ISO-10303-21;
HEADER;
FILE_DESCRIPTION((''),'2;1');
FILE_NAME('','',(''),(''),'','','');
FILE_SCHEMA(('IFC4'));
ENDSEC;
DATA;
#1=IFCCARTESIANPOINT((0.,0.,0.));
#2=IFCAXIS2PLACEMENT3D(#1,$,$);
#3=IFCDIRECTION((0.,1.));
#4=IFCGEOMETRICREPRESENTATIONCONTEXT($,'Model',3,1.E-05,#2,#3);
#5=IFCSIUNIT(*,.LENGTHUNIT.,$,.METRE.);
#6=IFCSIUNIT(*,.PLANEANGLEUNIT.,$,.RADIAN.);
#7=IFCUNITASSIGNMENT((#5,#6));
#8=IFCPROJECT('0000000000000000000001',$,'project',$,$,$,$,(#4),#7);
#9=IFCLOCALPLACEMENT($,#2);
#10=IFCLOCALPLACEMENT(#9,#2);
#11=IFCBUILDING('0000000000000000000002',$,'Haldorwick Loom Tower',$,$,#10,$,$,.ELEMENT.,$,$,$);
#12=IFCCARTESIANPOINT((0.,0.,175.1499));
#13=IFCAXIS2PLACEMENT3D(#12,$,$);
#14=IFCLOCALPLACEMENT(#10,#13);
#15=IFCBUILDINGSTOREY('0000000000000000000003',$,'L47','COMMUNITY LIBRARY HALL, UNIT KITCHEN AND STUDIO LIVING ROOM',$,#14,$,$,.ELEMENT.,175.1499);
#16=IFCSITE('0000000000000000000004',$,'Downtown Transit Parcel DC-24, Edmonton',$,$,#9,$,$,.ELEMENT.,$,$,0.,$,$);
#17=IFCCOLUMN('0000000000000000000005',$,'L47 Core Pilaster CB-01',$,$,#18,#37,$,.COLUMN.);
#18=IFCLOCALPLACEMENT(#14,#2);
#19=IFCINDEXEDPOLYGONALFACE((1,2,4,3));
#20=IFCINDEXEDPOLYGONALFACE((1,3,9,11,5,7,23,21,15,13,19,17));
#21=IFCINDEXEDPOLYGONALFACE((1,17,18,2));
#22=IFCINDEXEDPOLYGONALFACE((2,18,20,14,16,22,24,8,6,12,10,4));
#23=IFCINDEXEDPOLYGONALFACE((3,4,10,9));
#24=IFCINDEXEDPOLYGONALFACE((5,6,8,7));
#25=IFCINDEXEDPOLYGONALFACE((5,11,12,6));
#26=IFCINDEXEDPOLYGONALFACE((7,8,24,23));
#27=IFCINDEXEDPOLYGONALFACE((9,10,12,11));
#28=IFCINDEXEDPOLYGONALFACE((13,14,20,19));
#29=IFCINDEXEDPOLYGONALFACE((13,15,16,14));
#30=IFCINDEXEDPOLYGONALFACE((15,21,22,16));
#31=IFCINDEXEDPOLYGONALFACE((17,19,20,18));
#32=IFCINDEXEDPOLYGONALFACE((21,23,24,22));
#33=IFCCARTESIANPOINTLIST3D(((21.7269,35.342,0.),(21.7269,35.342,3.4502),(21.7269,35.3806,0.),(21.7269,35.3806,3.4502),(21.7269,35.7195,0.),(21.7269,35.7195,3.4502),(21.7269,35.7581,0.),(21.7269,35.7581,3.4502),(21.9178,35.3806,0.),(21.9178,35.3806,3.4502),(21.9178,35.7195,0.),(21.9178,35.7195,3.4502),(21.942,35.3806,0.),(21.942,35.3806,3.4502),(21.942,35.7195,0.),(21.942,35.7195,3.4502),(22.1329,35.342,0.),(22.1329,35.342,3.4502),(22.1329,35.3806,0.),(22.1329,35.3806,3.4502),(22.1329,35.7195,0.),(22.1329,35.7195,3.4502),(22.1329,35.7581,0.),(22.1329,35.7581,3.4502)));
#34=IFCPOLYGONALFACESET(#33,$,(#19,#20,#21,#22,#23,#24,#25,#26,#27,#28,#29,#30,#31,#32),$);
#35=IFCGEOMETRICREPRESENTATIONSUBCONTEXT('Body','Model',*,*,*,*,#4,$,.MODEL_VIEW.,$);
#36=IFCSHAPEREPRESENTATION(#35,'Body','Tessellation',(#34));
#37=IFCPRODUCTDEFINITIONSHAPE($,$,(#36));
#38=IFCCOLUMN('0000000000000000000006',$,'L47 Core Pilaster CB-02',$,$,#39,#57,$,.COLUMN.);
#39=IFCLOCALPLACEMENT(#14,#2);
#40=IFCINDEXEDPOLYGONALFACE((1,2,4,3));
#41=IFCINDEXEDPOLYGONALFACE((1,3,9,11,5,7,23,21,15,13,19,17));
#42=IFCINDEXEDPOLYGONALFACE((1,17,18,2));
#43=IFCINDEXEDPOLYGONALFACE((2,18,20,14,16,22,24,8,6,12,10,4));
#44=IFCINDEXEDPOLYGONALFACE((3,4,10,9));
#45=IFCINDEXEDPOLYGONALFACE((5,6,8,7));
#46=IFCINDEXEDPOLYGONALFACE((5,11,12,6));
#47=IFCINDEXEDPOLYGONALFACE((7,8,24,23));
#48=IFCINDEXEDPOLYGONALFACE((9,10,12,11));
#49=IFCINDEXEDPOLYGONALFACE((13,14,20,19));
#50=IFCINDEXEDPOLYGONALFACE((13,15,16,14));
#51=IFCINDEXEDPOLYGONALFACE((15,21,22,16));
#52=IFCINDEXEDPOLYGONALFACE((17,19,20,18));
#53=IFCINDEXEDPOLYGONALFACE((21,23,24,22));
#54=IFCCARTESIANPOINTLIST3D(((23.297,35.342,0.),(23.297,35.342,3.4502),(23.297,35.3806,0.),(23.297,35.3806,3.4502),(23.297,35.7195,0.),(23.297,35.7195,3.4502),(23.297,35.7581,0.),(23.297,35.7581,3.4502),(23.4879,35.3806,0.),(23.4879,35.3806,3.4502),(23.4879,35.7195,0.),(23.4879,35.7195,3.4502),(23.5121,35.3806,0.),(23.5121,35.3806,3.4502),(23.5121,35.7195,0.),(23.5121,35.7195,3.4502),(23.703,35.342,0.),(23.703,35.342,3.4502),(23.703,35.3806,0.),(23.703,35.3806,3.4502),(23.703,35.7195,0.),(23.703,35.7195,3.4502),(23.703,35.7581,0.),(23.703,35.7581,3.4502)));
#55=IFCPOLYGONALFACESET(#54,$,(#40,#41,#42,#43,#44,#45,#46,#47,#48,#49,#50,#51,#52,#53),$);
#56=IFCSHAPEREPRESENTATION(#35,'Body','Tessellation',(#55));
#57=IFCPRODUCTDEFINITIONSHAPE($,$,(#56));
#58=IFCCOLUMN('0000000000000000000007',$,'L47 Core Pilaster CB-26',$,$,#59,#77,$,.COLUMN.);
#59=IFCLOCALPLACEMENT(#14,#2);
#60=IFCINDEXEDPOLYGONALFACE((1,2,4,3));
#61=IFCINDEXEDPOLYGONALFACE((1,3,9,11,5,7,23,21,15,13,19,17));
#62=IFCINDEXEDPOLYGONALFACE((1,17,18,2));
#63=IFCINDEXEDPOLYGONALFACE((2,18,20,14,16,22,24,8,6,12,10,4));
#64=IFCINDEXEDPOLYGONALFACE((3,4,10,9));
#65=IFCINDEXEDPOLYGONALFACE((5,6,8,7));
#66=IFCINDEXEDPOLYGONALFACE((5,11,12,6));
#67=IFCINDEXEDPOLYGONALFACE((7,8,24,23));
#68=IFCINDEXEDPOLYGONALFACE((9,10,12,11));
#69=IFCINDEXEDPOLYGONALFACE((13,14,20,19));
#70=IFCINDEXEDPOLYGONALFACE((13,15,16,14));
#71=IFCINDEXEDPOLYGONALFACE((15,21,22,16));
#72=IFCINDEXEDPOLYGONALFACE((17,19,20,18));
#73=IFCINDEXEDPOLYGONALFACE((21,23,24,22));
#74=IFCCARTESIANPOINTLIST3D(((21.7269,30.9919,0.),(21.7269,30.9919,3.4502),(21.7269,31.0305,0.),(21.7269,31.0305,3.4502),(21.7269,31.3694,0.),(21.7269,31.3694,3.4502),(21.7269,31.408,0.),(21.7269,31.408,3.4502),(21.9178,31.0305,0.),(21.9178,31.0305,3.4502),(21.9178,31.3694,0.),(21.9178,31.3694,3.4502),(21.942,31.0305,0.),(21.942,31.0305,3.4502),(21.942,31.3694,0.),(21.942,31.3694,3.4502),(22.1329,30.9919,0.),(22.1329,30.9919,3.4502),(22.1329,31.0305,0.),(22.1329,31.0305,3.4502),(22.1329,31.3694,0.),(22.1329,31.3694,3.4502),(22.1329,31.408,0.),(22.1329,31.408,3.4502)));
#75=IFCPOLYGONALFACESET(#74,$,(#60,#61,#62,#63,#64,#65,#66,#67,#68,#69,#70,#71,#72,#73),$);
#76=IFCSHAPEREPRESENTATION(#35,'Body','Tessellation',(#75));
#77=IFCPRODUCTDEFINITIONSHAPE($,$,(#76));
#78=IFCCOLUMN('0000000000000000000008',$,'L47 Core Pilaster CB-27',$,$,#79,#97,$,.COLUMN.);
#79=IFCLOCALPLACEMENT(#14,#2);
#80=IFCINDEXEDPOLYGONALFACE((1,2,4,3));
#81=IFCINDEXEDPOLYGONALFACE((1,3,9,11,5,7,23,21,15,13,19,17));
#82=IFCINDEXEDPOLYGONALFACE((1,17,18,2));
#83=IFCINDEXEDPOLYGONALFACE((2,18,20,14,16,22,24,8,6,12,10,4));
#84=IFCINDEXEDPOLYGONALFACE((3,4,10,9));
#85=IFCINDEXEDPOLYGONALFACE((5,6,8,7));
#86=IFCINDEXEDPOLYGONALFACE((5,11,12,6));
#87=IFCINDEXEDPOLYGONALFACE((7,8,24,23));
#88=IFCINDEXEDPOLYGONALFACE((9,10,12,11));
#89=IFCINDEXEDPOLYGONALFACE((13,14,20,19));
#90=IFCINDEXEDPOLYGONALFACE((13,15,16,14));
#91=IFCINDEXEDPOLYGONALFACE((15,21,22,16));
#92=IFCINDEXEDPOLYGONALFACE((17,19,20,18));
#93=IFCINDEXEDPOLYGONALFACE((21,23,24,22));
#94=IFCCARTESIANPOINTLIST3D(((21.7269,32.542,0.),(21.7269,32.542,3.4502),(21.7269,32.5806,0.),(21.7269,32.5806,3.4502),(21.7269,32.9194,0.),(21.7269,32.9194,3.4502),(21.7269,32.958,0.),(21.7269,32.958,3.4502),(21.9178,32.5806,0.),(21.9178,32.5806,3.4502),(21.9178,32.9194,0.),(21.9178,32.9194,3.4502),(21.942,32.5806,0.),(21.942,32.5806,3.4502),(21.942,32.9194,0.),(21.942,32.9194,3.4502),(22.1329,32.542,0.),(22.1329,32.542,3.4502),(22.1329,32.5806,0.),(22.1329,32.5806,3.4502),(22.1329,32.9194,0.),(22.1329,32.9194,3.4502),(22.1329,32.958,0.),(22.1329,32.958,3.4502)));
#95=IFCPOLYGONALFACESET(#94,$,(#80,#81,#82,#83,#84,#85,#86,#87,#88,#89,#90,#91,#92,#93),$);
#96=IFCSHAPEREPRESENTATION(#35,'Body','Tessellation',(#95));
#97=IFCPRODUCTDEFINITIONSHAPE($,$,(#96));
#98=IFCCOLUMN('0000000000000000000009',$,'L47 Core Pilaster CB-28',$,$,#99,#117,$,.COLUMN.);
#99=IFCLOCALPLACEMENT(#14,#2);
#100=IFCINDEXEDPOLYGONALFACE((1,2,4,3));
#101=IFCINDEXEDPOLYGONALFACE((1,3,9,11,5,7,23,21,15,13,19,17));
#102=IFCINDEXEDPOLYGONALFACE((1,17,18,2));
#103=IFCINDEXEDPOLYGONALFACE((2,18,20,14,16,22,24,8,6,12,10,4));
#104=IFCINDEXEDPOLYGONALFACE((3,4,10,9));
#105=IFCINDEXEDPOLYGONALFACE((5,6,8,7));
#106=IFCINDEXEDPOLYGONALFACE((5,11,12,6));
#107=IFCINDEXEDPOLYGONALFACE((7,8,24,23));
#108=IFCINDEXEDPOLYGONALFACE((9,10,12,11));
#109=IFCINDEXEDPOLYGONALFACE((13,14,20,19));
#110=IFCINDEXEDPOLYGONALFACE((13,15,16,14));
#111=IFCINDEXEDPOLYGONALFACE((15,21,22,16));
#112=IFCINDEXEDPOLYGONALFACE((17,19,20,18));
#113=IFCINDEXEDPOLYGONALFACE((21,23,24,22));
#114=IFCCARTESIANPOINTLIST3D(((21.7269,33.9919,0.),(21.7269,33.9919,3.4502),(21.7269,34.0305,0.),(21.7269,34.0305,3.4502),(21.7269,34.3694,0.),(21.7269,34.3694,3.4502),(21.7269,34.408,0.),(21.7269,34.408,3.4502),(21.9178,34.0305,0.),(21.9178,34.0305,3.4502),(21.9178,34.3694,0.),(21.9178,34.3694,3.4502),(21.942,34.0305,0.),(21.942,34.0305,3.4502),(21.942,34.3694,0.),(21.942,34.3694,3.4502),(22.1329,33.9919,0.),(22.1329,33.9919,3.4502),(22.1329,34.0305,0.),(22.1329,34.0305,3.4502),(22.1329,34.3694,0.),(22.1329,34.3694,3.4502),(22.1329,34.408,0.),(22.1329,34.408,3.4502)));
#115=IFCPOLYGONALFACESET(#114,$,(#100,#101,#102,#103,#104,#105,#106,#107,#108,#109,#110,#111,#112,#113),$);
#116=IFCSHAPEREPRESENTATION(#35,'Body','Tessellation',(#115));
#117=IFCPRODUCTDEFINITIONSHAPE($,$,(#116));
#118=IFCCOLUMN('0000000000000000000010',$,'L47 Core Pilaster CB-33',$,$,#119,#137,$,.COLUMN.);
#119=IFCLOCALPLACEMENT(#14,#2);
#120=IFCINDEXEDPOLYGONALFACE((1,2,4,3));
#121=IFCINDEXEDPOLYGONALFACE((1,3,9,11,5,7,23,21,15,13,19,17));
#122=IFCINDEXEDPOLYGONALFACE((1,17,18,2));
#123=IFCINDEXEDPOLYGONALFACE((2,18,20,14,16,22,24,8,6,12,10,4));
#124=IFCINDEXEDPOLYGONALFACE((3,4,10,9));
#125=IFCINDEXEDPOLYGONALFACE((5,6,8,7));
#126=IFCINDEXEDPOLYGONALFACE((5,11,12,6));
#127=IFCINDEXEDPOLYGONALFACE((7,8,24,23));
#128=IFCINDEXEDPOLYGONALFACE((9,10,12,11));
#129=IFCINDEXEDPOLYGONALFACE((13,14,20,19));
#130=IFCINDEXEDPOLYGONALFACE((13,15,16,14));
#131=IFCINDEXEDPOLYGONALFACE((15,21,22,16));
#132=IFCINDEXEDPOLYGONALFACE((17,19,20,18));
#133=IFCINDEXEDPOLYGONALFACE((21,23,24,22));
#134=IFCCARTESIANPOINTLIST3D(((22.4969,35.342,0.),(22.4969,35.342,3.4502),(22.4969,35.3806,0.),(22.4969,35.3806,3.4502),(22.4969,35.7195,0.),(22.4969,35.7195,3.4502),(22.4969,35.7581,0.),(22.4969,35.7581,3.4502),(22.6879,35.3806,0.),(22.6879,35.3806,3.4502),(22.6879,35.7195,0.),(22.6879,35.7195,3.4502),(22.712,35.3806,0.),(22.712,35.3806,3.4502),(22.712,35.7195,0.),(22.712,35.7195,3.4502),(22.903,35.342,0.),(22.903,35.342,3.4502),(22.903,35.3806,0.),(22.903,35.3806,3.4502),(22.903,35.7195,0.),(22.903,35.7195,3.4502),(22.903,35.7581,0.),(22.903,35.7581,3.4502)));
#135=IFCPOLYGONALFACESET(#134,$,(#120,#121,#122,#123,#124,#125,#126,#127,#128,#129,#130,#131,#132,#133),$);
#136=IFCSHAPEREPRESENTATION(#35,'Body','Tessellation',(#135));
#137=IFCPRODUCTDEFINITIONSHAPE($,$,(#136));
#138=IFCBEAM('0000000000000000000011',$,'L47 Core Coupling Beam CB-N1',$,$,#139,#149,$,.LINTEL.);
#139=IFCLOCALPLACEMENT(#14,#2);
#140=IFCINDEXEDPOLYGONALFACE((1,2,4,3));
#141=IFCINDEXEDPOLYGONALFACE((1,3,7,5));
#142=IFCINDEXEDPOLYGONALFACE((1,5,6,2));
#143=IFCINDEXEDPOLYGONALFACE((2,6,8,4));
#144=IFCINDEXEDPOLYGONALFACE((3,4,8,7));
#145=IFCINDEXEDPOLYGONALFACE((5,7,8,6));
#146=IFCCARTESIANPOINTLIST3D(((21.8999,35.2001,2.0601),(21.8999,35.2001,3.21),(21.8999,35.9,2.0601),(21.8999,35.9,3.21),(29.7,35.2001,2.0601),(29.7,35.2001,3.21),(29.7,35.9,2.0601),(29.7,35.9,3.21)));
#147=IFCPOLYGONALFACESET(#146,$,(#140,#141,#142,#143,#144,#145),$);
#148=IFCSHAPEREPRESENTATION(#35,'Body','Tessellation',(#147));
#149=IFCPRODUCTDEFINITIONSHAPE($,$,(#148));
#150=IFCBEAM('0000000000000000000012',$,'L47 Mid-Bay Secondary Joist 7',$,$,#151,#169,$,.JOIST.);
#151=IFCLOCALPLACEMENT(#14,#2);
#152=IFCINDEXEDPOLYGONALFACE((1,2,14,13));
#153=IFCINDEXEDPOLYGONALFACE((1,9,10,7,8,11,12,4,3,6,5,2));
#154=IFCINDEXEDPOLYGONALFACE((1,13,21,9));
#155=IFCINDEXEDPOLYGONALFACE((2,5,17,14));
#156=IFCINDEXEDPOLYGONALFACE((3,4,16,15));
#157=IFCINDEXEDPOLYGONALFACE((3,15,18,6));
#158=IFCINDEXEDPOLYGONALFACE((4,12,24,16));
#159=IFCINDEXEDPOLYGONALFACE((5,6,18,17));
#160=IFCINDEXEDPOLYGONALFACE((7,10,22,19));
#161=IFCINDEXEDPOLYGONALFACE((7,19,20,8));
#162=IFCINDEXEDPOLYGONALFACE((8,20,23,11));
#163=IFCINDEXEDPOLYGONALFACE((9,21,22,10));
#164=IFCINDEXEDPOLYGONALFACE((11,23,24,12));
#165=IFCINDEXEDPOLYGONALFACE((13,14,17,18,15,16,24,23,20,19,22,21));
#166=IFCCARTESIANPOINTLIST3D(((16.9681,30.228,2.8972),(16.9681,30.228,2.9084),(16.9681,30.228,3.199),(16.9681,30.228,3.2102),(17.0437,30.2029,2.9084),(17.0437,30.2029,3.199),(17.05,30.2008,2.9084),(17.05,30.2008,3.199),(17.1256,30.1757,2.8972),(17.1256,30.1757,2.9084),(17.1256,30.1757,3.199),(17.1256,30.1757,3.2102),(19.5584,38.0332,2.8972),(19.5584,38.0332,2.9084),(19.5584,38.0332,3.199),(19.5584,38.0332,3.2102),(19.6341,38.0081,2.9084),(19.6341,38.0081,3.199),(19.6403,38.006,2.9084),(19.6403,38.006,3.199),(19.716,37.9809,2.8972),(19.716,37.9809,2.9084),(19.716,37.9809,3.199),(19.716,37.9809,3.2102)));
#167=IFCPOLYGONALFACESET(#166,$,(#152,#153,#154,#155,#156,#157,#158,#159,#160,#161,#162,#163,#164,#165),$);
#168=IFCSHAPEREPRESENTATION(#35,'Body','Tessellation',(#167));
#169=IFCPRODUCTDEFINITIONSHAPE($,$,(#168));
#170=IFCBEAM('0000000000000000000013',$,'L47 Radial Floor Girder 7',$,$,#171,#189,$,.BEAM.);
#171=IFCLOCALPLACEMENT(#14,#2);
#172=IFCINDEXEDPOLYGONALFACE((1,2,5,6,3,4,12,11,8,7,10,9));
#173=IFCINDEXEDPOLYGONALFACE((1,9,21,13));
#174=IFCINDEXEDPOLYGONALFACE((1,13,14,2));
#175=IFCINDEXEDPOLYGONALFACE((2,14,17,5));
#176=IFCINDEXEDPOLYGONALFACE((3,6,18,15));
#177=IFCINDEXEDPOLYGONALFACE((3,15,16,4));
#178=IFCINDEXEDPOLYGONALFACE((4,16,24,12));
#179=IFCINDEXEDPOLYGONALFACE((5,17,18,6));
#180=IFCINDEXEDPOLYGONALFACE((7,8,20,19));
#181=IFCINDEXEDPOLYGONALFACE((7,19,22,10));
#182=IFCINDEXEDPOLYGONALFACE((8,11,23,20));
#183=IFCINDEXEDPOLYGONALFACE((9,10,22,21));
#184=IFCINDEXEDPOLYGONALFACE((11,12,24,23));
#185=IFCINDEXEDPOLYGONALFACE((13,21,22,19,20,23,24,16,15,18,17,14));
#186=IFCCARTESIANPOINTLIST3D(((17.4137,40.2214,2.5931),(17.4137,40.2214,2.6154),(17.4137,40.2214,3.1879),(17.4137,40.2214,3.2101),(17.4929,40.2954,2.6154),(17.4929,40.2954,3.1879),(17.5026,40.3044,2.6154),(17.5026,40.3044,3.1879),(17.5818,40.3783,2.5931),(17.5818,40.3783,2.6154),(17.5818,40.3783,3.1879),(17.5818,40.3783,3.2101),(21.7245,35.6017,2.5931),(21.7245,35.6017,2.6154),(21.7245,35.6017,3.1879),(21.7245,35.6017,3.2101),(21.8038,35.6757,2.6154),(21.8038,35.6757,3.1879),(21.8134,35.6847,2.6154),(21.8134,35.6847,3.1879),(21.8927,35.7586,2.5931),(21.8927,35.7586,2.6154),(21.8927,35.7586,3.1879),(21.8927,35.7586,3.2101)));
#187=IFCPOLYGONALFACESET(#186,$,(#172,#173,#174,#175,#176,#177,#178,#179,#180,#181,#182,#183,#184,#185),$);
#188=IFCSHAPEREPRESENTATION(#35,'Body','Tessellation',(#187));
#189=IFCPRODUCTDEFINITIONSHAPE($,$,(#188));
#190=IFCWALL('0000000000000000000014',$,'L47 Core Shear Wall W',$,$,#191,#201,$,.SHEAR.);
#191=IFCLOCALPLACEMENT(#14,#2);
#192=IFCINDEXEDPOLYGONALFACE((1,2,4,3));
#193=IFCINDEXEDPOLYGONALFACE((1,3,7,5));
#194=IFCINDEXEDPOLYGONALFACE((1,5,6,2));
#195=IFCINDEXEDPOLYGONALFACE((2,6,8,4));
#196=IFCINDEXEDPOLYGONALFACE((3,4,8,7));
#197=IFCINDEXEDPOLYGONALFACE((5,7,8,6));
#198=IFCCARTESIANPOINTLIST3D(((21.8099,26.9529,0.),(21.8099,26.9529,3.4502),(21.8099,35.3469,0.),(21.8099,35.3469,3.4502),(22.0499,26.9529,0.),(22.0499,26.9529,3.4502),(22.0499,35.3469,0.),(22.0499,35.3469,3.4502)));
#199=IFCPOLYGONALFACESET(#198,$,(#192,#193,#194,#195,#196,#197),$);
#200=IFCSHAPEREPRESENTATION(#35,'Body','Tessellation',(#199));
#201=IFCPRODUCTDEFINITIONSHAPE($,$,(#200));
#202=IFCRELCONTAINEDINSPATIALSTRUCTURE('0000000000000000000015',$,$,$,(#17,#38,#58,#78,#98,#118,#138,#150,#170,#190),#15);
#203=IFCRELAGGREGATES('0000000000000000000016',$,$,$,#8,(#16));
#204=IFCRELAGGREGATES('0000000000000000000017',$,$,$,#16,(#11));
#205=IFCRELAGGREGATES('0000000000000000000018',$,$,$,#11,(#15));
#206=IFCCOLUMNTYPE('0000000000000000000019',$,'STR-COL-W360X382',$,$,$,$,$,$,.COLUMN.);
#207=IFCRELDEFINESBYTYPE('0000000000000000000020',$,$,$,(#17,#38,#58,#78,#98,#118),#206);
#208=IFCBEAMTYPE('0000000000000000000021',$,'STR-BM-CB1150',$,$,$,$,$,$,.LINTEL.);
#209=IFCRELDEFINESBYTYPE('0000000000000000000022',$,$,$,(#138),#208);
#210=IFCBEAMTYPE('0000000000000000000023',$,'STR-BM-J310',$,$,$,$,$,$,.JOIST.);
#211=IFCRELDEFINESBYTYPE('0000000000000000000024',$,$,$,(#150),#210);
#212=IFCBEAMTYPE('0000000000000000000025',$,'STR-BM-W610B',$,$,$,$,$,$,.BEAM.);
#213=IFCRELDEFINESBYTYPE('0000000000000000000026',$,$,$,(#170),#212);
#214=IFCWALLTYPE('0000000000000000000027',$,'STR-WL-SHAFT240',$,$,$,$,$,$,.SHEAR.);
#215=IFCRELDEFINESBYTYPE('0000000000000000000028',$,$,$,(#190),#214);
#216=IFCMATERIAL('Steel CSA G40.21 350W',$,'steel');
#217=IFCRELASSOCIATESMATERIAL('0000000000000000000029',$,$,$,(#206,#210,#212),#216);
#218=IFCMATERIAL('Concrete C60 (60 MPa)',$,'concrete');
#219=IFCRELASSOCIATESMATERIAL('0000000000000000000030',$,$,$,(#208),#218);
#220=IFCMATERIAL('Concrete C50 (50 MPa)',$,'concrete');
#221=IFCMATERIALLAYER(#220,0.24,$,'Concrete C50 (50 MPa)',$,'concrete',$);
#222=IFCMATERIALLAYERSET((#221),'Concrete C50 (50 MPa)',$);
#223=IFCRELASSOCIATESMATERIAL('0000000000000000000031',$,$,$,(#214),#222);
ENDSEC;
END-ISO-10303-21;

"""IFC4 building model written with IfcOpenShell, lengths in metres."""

from ifc_helpers import new_model, si_unit, direction, frame, frame_2d, origin, origin_2d, place, context, subcontext, project, spatial, rectangle, i_section, extrude, material, layer, layer_set, material_profile, profile_set, type_object, element, save


model = new_model("IFC4")

# Units and contexts
model_context = context("Model", 3, precision=1e-05, world=origin(), true_north=direction((0.0, 1.0)))
body_context = subcontext(model_context, "Body", "Model", "MODEL_VIEW")
ifc_project = project(units=[si_unit("LENGTHUNIT", "METRE"), si_unit("PLANEANGLEUNIT", "RADIAN")], contexts=[model_context])

# Site, building, storey
site_placement = place(None, origin())
site = spatial("IfcSite", under=ifc_project, at=site_placement, Name="Downtown Transit Parcel DC-24, Edmonton", CompositionType="ELEMENT", RefElevation=0.0)
building_placement = place(site_placement, origin())
building = spatial("IfcBuilding", under=site, at=building_placement, Name="Haldorwick Loom Tower", CompositionType="ELEMENT")
storey_placement = place(building_placement, frame((0.0, 0.0, 175.1499)))
storey = spatial("IfcBuildingStorey", under=building, at=storey_placement, Name="L47", Description="COMMUNITY LIBRARY HALL, UNIT KITCHEN AND STUDIO LIVING ROOM", CompositionType="ELEMENT", Elevation=175.1499)

# Columns
ifc_material_1 = material(Name="Steel CSA G40.21 350W", Category="steel")
ifc_material_profile_1 = material_profile(ifc_material_1, i_section(OverallWidth=0.406, OverallDepth=0.416, WebThickness=0.0242, FlangeThickness=0.0386, at=origin_2d()), Name="W360X382", Category="steel")
ifc_profile_set_1 = profile_set([ifc_material_profile_1], Name="Steel CSA G40.21 350W")
column_type = type_object("IfcColumnType", Name="STR-COL-W360X382", PredefinedType="COLUMN", material=ifc_profile_set_1)
for number, where, z_axis, x_axis, name in (
    (1, (21.9299, 35.55, 0.0), (0.0, 0.0, 1.0), (1.0, 0.0, 0.0), "L47 Core Pilaster CB-01"),
    (2, (23.5, 35.55, 0.0), (0.0, 0.0, 1.0), (1.0, 0.0, 0.0), "L47 Core Pilaster CB-02"),
    (3, (21.9299, 31.2, 0.0), (0.0, 0.0, 1.0), (1.0, 0.0, 0.0), "L47 Core Pilaster CB-26"),
    (4, (21.9299, 32.75, 0.0), (0.0, 0.0, 1.0), (1.0, 0.0, 0.0), "L47 Core Pilaster CB-27"),
    (5, (21.9299, 34.2, 0.0), (0.0, 0.0, 1.0), (1.0, 0.0, 0.0), "L47 Core Pilaster CB-28"),
    (6, (22.7, 35.55, 0.0), (0.0, 0.0, 1.0), (1.0, 0.0, 0.0), "L47 Core Pilaster CB-33"),
):
    element("IfcColumn", number, at=place(storey_placement, frame(where, z_axis=z_axis, x_axis=x_axis)), inside=storey, type_object=column_type, Name=name, PredefinedType="COLUMN", context=body_context, shape_type="SweptSolid", body=[
        extrude(i_section(OverallWidth=0.406, OverallDepth=0.416, WebThickness=0.0242, FlangeThickness=0.0386, at=origin_2d()), origin(), (0.0, 0.0, 1.0), 3.4502),
    ])

# Beams
ifc_material_2 = material(Name="Concrete C60 (60 MPa)", Category="concrete")
ifc_material_profile_2 = material_profile(ifc_material_2, rectangle(XDim=0.7, YDim=1.1499, at=origin_2d()), Name="RC700X1150", Category="concrete")
ifc_profile_set_2 = profile_set([ifc_material_profile_2], Name="Concrete C60 (60 MPa)")
beam_type_1 = type_object("IfcBeamType", Name="STR-BM-CB1150", PredefinedType="LINTEL", material=ifc_profile_set_2)
beam_1_placement = place(storey_placement, frame((21.8999, 35.55, 2.635), z_axis=(1.0, 0.0, 0.0), x_axis=(0.0, 1.0, 0.0)))
element("IfcBeam", 7, at=beam_1_placement, inside=storey, type_object=beam_type_1, Name="L47 Core Coupling Beam CB-N1", PredefinedType="LINTEL", context=body_context, shape_type="SweptSolid", body=[
    extrude(rectangle(XDim=0.7, YDim=1.1499, at=origin_2d()), origin(), (0.0, 0.0, 1.0), 7.8),
])
ifc_material_profile_3 = material_profile(ifc_material_1, i_section(OverallWidth=0.166, OverallDepth=0.313, WebThickness=0.0066, FlangeThickness=0.0112, at=origin_2d()), Name="W310X45", Category="steel")
ifc_profile_set_3 = profile_set([ifc_material_profile_3], Name="Steel CSA G40.21 350W")
beam_type_2 = type_object("IfcBeamType", Name="STR-BM-J310", PredefinedType="JOIST", material=ifc_profile_set_3)
beam_2_placement = place(storey_placement, frame((19.6372, 38.0071, 3.0537), z_axis=(-0.314981, -0.949098, 0.0), x_axis=(0.949098, -0.314981, 0.0)))
element("IfcBeam", 8, at=beam_2_placement, inside=storey, type_object=beam_type_2, Name="L47 Mid-Bay Secondary Joist 7", PredefinedType="JOIST", context=body_context, shape_type="SweptSolid", body=[
    extrude(i_section(OverallWidth=0.166, OverallDepth=0.313, WebThickness=0.0066, FlangeThickness=0.0112, at=origin_2d()), origin(), (0.0, 0.0, 1.0), 8.2239),
])
ifc_material_profile_4 = material_profile(ifc_material_1, i_section(OverallWidth=0.23, OverallDepth=0.6169, WebThickness=0.0132, FlangeThickness=0.0222, at=origin_2d()), Name="W610X140", Category="steel")
ifc_profile_set_4 = profile_set([ifc_material_profile_4], Name="Steel CSA G40.21 350W")
beam_type_3 = type_object("IfcBeamType", Name="STR-BM-W610B", PredefinedType="BEAM", material=ifc_profile_set_4)
beam_3_placement = place(storey_placement, frame((21.8086, 35.6802, 2.9016), z_axis=(-0.682245, 0.731123, 0.0), x_axis=(-0.731123, -0.682245, 0.0)))
element("IfcBeam", 9, at=beam_3_placement, inside=storey, type_object=beam_type_3, Name="L47 Radial Floor Girder 7", PredefinedType="BEAM", context=body_context, shape_type="SweptSolid", body=[
    extrude(i_section(OverallWidth=0.23, OverallDepth=0.6169, WebThickness=0.0132, FlangeThickness=0.0222, at=origin_2d()), origin(), (0.0, 0.0, 1.0), 6.3186),
])

# Wall
ifc_material_3 = material(Name="Concrete C50 (50 MPa)", Category="concrete")
ifc_layer = layer(ifc_material_3, 0.24, Name="Concrete C50 (50 MPa)", Category="concrete")
ifc_layer_set = layer_set([ifc_layer], Name="Concrete C50 (50 MPa)")
wall_type = type_object("IfcWallType", Name="STR-WL-SHAFT240", PredefinedType="SHEAR", material=ifc_layer_set)
wall_1_placement = place(storey_placement, frame((21.9299, 35.3469, 0.0), z_axis=(0.0, 0.0, 1.0), x_axis=(0.0, -1.0, 0.0)))
element("IfcWall", 10, at=wall_1_placement, inside=storey, type_object=wall_type, Name="L47 Core Shear Wall W", PredefinedType="SHEAR", context=body_context, shape_type="SweptSolid", body=[
    extrude(rectangle(XDim=8.394, YDim=0.24, at=frame_2d((4.197, 0.0))), origin(), (0.0, 0.0, 1.0), 3.4502),
])

save(model, "model.ifc")
